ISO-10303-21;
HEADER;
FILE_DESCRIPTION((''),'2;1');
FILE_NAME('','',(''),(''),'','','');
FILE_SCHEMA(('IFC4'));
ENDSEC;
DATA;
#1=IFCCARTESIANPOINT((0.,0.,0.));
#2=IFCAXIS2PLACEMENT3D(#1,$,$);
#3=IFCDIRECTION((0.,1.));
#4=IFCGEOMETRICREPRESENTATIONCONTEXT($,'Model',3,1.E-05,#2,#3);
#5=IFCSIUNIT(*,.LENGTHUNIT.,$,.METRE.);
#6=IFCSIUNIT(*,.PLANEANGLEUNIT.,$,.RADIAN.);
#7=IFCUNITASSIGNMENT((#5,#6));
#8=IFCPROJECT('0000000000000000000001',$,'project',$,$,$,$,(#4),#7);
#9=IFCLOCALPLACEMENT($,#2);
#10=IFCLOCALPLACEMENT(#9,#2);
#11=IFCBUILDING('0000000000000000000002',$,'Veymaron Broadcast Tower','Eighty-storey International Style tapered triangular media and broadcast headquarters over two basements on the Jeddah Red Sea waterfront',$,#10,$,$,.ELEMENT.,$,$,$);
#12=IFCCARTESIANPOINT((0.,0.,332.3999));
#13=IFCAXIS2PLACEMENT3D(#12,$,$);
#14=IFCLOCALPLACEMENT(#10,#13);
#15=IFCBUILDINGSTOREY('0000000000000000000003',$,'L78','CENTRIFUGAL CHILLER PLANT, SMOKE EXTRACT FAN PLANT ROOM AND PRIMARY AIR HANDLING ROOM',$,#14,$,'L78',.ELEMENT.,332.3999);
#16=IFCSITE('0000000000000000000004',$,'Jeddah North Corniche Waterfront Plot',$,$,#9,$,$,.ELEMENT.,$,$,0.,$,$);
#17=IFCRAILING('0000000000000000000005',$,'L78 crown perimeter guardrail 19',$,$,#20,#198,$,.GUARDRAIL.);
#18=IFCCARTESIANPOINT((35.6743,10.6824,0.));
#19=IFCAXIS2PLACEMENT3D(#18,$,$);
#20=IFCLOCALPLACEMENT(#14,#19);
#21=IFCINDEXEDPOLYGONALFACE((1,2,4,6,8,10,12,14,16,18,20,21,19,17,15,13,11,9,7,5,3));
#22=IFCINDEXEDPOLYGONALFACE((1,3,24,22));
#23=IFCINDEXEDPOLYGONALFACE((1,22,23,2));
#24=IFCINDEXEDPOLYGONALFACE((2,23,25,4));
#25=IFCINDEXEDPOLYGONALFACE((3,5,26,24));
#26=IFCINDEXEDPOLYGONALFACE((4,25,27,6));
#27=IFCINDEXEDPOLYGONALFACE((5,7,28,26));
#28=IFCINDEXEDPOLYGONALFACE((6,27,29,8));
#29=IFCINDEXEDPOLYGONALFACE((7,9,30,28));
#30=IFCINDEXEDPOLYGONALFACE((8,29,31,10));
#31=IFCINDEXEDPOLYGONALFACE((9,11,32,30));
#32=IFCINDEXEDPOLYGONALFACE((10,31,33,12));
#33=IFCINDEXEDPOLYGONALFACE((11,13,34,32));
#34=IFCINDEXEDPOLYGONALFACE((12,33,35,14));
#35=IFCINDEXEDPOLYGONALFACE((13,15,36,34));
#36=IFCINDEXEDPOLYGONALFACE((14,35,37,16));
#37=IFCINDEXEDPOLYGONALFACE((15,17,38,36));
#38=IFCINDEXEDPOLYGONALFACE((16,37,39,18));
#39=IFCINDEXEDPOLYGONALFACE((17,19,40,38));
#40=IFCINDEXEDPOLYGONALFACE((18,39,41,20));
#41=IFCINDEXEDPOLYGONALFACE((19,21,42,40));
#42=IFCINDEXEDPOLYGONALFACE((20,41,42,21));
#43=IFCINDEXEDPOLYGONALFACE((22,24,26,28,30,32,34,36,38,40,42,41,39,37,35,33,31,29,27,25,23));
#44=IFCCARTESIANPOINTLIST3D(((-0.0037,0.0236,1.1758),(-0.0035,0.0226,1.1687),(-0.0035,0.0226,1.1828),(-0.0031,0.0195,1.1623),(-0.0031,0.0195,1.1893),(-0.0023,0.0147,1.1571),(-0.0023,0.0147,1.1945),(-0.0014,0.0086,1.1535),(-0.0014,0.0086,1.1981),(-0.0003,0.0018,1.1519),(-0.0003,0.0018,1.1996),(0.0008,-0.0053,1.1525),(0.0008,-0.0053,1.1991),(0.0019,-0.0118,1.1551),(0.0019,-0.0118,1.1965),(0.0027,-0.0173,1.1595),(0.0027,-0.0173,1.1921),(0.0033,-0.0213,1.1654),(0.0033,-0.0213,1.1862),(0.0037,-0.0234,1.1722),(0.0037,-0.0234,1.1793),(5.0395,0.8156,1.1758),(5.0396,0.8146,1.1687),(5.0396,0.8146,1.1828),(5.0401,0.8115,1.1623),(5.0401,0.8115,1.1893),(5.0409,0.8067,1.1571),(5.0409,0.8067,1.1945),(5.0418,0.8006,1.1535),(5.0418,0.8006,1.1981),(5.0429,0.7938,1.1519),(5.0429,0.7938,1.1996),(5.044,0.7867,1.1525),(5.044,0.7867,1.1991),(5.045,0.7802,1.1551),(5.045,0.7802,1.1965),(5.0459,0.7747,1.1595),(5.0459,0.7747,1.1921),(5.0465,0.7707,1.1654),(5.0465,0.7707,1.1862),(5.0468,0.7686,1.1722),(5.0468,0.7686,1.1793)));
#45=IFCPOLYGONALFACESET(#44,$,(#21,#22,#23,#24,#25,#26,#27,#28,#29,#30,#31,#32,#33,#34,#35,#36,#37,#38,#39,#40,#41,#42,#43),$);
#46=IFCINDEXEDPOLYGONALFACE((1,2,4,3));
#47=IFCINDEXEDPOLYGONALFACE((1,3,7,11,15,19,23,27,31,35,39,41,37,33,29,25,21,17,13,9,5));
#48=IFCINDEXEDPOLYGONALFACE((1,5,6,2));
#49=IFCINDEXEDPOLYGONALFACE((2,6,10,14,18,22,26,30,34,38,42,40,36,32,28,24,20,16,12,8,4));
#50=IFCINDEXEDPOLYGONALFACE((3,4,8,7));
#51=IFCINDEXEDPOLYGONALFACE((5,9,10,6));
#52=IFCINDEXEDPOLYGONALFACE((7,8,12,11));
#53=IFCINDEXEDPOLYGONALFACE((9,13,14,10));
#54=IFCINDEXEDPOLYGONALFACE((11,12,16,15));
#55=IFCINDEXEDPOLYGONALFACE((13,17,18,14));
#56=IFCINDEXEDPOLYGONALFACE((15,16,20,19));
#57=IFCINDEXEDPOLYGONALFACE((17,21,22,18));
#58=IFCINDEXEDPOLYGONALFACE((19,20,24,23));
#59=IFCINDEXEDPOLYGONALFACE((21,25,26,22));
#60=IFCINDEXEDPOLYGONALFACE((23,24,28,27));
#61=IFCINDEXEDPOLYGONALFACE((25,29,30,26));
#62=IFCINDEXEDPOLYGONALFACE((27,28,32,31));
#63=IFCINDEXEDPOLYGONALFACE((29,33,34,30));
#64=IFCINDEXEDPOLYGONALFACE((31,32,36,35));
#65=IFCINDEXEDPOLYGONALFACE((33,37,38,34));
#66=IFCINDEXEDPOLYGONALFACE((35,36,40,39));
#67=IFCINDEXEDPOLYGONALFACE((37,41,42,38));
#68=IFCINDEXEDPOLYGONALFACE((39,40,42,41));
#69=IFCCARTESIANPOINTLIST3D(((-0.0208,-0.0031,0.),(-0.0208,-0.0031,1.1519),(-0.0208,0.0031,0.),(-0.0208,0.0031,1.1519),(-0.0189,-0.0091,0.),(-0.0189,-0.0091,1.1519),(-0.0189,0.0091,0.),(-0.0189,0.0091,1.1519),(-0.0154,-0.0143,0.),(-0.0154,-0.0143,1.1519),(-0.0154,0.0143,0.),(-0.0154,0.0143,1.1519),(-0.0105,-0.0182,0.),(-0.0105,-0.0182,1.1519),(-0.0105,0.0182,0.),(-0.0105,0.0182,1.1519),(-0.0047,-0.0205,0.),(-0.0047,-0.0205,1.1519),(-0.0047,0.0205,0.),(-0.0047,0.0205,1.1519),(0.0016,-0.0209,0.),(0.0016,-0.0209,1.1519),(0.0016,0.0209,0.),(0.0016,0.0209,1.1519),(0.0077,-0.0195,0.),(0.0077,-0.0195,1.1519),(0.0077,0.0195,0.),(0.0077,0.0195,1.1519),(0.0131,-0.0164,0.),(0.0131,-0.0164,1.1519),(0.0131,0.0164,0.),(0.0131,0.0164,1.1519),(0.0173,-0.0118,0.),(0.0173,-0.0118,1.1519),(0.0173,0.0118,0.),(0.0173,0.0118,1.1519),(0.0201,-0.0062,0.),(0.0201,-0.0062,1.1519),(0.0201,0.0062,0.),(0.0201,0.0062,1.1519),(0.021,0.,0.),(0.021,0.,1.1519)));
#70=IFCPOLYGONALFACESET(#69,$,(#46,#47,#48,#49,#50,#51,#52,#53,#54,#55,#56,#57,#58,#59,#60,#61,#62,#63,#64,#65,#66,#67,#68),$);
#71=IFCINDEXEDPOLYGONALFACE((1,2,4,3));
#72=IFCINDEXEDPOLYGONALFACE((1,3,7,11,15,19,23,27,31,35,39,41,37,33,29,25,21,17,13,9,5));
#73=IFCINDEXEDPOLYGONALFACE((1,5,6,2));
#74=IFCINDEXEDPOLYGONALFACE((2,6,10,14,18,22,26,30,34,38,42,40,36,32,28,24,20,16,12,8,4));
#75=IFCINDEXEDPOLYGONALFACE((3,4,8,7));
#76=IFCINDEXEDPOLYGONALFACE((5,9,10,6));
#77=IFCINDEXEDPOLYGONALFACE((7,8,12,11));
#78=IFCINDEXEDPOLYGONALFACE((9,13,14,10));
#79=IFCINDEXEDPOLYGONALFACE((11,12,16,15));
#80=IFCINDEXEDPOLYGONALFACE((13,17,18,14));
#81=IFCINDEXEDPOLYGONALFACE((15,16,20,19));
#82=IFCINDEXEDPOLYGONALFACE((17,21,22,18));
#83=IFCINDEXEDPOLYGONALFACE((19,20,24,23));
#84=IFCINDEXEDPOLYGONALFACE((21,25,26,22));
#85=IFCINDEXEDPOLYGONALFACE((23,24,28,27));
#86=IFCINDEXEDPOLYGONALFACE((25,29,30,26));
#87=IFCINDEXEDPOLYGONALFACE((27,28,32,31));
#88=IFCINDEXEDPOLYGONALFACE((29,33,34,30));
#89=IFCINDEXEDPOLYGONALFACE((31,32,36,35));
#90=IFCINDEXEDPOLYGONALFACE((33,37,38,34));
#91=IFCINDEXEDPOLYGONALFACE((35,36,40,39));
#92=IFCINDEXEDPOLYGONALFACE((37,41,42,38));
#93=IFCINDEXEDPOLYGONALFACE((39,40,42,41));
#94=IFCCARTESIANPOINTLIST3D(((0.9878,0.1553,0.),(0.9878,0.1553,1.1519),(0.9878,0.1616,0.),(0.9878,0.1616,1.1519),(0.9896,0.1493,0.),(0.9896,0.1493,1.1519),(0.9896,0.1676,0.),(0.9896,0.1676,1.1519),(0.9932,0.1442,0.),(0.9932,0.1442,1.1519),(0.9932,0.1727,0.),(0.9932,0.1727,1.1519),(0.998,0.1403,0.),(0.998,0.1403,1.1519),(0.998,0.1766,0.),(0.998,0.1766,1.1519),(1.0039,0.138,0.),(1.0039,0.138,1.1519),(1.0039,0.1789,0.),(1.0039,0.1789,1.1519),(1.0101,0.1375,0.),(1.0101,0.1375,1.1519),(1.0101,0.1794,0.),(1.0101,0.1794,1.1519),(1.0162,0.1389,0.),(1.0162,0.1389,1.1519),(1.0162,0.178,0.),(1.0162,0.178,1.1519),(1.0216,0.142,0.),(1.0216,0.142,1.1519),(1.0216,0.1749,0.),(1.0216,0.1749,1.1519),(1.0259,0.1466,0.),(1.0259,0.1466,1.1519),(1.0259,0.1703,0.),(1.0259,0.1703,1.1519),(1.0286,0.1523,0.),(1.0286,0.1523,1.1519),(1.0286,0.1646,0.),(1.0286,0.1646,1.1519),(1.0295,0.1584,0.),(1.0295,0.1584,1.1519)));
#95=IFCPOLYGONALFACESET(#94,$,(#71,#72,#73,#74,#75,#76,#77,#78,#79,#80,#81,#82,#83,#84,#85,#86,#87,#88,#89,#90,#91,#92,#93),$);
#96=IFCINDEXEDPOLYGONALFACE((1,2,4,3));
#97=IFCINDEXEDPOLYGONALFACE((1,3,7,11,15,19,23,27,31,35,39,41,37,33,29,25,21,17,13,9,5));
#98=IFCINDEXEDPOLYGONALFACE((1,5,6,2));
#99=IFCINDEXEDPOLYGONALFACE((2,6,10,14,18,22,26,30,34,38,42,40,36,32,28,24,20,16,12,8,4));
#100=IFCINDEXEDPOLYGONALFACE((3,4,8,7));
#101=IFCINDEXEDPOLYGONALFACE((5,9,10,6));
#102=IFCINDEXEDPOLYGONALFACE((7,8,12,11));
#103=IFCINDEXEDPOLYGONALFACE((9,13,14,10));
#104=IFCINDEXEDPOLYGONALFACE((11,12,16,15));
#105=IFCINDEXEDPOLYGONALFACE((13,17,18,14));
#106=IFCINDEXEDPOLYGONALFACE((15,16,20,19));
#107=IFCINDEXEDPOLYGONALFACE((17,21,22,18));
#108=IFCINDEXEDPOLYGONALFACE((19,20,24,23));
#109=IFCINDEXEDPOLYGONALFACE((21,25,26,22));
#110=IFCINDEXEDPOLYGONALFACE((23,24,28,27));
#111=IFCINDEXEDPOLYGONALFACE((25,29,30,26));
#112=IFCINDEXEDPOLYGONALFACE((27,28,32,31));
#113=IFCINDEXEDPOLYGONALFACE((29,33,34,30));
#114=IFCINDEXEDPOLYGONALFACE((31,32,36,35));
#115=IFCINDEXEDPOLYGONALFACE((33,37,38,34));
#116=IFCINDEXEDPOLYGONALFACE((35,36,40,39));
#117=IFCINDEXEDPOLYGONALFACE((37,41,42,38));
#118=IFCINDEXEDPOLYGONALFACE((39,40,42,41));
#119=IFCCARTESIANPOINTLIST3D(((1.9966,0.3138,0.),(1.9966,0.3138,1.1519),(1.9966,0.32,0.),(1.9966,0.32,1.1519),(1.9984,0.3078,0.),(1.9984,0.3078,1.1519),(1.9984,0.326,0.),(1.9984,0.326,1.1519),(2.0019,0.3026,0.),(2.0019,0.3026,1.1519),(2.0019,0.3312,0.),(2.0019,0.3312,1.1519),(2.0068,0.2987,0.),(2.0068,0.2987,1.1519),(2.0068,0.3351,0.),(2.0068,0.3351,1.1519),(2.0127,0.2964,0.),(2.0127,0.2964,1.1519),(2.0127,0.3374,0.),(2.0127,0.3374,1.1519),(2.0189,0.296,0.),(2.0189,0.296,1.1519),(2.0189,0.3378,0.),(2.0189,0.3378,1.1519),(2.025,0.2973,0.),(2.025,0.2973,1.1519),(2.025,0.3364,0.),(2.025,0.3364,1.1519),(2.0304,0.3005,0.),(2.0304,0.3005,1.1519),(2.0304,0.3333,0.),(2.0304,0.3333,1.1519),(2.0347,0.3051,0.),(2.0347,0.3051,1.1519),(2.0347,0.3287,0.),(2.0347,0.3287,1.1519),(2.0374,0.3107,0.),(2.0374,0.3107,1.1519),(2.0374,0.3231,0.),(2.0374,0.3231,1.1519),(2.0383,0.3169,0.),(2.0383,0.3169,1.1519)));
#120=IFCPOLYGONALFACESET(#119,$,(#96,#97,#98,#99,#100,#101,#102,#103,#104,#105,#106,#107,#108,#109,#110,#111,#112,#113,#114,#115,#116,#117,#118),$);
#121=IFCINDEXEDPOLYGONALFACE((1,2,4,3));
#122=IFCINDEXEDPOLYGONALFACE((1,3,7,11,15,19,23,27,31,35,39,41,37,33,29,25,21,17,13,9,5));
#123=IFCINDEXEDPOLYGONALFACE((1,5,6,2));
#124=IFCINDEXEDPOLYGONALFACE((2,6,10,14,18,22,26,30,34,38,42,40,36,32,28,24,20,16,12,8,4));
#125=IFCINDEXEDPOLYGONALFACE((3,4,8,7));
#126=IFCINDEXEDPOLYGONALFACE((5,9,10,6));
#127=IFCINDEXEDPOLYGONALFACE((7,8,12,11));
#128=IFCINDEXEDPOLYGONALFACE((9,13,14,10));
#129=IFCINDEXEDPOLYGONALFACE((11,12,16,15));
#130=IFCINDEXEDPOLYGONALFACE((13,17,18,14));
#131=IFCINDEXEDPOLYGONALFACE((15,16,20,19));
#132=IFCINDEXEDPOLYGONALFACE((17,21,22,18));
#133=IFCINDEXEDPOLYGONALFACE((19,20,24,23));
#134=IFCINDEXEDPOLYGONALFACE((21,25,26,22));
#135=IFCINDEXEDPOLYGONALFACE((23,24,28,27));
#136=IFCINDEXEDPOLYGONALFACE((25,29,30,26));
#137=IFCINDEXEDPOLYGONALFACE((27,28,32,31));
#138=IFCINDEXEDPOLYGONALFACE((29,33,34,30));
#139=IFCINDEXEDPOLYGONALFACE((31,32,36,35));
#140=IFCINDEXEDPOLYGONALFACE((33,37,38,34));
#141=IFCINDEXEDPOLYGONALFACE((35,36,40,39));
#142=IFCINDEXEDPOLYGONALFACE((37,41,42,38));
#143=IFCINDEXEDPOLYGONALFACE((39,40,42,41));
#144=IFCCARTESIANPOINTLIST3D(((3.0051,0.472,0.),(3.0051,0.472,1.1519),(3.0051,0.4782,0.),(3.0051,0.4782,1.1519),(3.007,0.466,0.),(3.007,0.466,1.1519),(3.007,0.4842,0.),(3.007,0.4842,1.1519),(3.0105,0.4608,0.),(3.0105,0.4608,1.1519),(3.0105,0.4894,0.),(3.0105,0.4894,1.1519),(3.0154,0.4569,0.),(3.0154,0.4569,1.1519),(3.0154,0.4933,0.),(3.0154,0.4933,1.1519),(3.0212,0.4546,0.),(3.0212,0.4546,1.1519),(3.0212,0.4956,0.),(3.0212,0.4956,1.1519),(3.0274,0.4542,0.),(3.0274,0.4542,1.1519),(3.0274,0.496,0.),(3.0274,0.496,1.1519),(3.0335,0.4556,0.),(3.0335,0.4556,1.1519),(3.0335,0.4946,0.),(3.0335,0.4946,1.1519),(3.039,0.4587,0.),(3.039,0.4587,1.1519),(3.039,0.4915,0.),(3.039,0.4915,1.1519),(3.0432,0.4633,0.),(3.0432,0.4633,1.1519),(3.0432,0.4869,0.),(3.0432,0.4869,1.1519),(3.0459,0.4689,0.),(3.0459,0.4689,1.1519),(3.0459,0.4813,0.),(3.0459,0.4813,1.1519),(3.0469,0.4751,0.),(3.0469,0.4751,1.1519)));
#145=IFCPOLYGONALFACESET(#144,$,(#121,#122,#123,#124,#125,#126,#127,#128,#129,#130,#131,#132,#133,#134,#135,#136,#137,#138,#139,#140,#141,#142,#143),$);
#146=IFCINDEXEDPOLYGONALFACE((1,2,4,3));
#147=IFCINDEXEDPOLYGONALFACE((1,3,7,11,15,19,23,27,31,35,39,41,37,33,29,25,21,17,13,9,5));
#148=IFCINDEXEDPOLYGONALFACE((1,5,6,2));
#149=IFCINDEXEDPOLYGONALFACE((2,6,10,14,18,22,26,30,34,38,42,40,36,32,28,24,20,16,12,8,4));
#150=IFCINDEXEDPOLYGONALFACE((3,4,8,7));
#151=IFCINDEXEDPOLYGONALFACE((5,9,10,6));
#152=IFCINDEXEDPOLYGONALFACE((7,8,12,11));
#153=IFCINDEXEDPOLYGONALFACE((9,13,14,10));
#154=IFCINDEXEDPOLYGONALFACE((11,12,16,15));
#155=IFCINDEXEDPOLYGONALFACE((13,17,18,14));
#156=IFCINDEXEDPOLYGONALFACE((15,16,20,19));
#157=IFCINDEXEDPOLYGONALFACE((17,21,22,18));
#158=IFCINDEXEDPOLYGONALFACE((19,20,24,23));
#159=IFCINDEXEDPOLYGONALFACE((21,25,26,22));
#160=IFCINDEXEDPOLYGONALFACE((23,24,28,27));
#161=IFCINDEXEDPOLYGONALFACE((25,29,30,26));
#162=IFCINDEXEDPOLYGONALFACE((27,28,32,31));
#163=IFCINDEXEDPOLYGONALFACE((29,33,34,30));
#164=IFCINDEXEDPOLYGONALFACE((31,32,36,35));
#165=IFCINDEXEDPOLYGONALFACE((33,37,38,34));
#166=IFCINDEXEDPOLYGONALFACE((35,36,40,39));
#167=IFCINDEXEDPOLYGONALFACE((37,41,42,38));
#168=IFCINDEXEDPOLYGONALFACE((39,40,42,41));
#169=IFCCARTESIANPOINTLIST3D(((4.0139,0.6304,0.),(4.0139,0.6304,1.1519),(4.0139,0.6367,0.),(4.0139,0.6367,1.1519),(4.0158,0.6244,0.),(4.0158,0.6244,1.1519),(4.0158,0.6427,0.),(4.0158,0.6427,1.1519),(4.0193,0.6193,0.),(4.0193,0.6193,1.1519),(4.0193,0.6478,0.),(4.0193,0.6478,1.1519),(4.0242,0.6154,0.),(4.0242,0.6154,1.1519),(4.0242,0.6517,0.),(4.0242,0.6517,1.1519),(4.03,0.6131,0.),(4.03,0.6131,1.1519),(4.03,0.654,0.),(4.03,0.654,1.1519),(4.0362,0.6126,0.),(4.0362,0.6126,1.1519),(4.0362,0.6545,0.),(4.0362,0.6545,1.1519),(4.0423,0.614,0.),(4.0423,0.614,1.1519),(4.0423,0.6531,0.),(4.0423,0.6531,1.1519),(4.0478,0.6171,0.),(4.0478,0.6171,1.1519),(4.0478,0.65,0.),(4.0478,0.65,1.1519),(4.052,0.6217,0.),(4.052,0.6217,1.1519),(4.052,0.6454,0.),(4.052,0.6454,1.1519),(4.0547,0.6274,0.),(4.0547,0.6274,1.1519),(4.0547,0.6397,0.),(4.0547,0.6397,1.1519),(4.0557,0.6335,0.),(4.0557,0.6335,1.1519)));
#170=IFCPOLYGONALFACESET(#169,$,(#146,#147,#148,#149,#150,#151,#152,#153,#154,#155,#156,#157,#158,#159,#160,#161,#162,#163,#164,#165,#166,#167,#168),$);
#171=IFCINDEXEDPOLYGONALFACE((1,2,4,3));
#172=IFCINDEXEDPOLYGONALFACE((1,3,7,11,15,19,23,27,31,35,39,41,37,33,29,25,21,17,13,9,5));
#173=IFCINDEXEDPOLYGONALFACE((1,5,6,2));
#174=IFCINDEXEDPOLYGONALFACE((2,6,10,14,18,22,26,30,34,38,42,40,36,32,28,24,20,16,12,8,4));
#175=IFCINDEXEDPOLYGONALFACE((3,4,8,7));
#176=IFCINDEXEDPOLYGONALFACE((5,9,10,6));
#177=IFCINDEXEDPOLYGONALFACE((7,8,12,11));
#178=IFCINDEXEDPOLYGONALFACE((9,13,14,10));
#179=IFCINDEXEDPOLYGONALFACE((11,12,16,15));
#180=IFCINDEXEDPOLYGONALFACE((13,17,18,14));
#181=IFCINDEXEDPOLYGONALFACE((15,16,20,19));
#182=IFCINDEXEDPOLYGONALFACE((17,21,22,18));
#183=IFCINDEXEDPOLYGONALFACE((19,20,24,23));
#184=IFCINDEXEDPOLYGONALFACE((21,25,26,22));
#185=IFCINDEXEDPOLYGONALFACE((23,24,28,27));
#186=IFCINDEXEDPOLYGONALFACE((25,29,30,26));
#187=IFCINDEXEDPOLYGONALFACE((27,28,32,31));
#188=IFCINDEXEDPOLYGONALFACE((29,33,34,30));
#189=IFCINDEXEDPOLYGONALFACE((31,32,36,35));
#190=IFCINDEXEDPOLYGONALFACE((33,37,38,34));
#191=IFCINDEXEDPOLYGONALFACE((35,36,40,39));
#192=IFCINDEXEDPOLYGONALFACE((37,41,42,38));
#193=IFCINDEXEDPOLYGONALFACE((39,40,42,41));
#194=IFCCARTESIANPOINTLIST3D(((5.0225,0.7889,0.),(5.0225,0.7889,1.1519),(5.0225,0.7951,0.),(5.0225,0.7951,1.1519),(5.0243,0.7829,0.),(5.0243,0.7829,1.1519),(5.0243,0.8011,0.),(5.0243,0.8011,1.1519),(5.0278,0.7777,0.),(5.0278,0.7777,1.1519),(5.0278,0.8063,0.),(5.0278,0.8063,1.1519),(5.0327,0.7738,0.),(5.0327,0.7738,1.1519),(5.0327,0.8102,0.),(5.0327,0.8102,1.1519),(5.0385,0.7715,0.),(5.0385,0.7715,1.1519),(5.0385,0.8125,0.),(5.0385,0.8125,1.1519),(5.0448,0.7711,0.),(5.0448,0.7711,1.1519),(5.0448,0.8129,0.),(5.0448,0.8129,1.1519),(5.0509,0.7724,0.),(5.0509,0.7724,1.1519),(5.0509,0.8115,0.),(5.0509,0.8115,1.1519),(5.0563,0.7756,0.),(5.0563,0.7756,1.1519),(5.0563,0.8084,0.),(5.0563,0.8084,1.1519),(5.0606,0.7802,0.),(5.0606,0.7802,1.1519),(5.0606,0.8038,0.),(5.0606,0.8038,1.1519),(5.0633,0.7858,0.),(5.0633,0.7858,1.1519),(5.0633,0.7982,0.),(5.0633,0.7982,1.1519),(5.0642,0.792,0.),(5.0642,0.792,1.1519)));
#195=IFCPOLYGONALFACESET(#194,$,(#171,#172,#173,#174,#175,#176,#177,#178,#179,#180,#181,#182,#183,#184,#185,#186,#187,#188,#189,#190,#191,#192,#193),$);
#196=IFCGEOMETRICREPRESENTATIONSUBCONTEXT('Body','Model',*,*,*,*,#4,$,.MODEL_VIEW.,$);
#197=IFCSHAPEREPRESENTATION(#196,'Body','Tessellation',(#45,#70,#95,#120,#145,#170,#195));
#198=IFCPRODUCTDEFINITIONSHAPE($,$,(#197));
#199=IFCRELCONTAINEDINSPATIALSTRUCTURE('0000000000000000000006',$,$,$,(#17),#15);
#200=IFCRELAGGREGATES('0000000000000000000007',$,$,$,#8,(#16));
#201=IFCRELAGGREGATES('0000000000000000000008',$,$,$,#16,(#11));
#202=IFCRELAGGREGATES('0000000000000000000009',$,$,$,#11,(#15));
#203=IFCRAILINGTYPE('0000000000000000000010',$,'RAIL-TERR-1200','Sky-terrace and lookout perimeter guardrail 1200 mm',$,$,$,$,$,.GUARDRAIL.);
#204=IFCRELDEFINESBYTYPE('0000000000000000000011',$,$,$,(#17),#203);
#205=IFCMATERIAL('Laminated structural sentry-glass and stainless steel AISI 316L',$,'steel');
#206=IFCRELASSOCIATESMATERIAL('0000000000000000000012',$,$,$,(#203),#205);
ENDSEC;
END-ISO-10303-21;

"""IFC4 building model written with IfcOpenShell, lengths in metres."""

from ifc_helpers import new_model, si_unit, direction, frame, origin, origin_2d, place, context, subcontext, project, spatial, circle, extrude, material, type_object, element, save


model = new_model("IFC4")

# Units and contexts
model_context = context("Model", 3, precision=1e-05, world=origin(), true_north=direction((0.0, 1.0)))
body_context = subcontext(model_context, "Body", "Model", "MODEL_VIEW")
ifc_project = project(units=[si_unit("LENGTHUNIT", "METRE"), si_unit("PLANEANGLEUNIT", "RADIAN")], contexts=[model_context])

# Site, building, storey
site_placement = place(None, origin())
site = spatial("IfcSite", under=ifc_project, at=site_placement, Name="Jeddah North Corniche Waterfront Plot", CompositionType="ELEMENT", RefElevation=0.0)
building_placement = place(site_placement, origin())
building = spatial("IfcBuilding", under=site, at=building_placement, Name="Veymaron Broadcast Tower", Description="Eighty-storey International Style tapered triangular media and broadcast headquarters over two basements on the Jeddah Red Sea waterfront", CompositionType="ELEMENT")
storey_placement = place(building_placement, frame((0.0, 0.0, 332.3999)))
storey = spatial("IfcBuildingStorey", under=building, at=storey_placement, Name="L78", Description="CENTRIFUGAL CHILLER PLANT, SMOKE EXTRACT FAN PLANT ROOM AND PRIMARY AIR HANDLING ROOM", LongName="L78", CompositionType="ELEMENT", Elevation=332.3999)

# Railing
ifc_material_1 = material(Name="Laminated structural sentry-glass and stainless steel AISI 316L", Category="steel")
railing_type = type_object("IfcRailingType", Name="RAIL-TERR-1200", Description="Sky-terrace and lookout perimeter guardrail 1200 mm", PredefinedType="GUARDRAIL", material=ifc_material_1)
railing_1_placement = place(storey_placement, frame((35.6743, 10.6824, 0.0)))
element("IfcRailing", 1, at=railing_1_placement, inside=storey, type_object=railing_type, Name="L78 crown perimeter guardrail 19", PredefinedType="GUARDRAIL", context=body_context, shape_type="SweptSolid", body=[
    extrude(circle(Radius=0.0239, at=origin_2d()), frame((0.0, 0.0, 1.1758), z_axis=(0.987893, 0.15514, 0.0), x_axis=(-0.15514, 0.987893, 0.0)), (0.0, 0.0, 1.0), 5.105),
    extrude(circle(Radius=0.021, at=origin_2d()), origin(), (0.0, 0.0, 1.0), 1.1519),
    extrude(circle(Radius=0.021, at=origin_2d()), frame((1.0085, 0.1584, 0.0)), (0.0, 0.0, 1.0), 1.1519),
    extrude(circle(Radius=0.021, at=origin_2d()), frame((2.0173, 0.3169, 0.0)), (0.0, 0.0, 1.0), 1.1519),
    extrude(circle(Radius=0.021, at=origin_2d()), frame((3.0259, 0.4751, 0.0)), (0.0, 0.0, 1.0), 1.1519),
    extrude(circle(Radius=0.021, at=origin_2d()), frame((4.0347, 0.6335, 0.0)), (0.0, 0.0, 1.0), 1.1519),
    extrude(circle(Radius=0.021, at=origin_2d()), frame((5.0432, 0.792, 0.0)), (0.0, 0.0, 1.0), 1.1519),
])

save(model, "model.ifc")
